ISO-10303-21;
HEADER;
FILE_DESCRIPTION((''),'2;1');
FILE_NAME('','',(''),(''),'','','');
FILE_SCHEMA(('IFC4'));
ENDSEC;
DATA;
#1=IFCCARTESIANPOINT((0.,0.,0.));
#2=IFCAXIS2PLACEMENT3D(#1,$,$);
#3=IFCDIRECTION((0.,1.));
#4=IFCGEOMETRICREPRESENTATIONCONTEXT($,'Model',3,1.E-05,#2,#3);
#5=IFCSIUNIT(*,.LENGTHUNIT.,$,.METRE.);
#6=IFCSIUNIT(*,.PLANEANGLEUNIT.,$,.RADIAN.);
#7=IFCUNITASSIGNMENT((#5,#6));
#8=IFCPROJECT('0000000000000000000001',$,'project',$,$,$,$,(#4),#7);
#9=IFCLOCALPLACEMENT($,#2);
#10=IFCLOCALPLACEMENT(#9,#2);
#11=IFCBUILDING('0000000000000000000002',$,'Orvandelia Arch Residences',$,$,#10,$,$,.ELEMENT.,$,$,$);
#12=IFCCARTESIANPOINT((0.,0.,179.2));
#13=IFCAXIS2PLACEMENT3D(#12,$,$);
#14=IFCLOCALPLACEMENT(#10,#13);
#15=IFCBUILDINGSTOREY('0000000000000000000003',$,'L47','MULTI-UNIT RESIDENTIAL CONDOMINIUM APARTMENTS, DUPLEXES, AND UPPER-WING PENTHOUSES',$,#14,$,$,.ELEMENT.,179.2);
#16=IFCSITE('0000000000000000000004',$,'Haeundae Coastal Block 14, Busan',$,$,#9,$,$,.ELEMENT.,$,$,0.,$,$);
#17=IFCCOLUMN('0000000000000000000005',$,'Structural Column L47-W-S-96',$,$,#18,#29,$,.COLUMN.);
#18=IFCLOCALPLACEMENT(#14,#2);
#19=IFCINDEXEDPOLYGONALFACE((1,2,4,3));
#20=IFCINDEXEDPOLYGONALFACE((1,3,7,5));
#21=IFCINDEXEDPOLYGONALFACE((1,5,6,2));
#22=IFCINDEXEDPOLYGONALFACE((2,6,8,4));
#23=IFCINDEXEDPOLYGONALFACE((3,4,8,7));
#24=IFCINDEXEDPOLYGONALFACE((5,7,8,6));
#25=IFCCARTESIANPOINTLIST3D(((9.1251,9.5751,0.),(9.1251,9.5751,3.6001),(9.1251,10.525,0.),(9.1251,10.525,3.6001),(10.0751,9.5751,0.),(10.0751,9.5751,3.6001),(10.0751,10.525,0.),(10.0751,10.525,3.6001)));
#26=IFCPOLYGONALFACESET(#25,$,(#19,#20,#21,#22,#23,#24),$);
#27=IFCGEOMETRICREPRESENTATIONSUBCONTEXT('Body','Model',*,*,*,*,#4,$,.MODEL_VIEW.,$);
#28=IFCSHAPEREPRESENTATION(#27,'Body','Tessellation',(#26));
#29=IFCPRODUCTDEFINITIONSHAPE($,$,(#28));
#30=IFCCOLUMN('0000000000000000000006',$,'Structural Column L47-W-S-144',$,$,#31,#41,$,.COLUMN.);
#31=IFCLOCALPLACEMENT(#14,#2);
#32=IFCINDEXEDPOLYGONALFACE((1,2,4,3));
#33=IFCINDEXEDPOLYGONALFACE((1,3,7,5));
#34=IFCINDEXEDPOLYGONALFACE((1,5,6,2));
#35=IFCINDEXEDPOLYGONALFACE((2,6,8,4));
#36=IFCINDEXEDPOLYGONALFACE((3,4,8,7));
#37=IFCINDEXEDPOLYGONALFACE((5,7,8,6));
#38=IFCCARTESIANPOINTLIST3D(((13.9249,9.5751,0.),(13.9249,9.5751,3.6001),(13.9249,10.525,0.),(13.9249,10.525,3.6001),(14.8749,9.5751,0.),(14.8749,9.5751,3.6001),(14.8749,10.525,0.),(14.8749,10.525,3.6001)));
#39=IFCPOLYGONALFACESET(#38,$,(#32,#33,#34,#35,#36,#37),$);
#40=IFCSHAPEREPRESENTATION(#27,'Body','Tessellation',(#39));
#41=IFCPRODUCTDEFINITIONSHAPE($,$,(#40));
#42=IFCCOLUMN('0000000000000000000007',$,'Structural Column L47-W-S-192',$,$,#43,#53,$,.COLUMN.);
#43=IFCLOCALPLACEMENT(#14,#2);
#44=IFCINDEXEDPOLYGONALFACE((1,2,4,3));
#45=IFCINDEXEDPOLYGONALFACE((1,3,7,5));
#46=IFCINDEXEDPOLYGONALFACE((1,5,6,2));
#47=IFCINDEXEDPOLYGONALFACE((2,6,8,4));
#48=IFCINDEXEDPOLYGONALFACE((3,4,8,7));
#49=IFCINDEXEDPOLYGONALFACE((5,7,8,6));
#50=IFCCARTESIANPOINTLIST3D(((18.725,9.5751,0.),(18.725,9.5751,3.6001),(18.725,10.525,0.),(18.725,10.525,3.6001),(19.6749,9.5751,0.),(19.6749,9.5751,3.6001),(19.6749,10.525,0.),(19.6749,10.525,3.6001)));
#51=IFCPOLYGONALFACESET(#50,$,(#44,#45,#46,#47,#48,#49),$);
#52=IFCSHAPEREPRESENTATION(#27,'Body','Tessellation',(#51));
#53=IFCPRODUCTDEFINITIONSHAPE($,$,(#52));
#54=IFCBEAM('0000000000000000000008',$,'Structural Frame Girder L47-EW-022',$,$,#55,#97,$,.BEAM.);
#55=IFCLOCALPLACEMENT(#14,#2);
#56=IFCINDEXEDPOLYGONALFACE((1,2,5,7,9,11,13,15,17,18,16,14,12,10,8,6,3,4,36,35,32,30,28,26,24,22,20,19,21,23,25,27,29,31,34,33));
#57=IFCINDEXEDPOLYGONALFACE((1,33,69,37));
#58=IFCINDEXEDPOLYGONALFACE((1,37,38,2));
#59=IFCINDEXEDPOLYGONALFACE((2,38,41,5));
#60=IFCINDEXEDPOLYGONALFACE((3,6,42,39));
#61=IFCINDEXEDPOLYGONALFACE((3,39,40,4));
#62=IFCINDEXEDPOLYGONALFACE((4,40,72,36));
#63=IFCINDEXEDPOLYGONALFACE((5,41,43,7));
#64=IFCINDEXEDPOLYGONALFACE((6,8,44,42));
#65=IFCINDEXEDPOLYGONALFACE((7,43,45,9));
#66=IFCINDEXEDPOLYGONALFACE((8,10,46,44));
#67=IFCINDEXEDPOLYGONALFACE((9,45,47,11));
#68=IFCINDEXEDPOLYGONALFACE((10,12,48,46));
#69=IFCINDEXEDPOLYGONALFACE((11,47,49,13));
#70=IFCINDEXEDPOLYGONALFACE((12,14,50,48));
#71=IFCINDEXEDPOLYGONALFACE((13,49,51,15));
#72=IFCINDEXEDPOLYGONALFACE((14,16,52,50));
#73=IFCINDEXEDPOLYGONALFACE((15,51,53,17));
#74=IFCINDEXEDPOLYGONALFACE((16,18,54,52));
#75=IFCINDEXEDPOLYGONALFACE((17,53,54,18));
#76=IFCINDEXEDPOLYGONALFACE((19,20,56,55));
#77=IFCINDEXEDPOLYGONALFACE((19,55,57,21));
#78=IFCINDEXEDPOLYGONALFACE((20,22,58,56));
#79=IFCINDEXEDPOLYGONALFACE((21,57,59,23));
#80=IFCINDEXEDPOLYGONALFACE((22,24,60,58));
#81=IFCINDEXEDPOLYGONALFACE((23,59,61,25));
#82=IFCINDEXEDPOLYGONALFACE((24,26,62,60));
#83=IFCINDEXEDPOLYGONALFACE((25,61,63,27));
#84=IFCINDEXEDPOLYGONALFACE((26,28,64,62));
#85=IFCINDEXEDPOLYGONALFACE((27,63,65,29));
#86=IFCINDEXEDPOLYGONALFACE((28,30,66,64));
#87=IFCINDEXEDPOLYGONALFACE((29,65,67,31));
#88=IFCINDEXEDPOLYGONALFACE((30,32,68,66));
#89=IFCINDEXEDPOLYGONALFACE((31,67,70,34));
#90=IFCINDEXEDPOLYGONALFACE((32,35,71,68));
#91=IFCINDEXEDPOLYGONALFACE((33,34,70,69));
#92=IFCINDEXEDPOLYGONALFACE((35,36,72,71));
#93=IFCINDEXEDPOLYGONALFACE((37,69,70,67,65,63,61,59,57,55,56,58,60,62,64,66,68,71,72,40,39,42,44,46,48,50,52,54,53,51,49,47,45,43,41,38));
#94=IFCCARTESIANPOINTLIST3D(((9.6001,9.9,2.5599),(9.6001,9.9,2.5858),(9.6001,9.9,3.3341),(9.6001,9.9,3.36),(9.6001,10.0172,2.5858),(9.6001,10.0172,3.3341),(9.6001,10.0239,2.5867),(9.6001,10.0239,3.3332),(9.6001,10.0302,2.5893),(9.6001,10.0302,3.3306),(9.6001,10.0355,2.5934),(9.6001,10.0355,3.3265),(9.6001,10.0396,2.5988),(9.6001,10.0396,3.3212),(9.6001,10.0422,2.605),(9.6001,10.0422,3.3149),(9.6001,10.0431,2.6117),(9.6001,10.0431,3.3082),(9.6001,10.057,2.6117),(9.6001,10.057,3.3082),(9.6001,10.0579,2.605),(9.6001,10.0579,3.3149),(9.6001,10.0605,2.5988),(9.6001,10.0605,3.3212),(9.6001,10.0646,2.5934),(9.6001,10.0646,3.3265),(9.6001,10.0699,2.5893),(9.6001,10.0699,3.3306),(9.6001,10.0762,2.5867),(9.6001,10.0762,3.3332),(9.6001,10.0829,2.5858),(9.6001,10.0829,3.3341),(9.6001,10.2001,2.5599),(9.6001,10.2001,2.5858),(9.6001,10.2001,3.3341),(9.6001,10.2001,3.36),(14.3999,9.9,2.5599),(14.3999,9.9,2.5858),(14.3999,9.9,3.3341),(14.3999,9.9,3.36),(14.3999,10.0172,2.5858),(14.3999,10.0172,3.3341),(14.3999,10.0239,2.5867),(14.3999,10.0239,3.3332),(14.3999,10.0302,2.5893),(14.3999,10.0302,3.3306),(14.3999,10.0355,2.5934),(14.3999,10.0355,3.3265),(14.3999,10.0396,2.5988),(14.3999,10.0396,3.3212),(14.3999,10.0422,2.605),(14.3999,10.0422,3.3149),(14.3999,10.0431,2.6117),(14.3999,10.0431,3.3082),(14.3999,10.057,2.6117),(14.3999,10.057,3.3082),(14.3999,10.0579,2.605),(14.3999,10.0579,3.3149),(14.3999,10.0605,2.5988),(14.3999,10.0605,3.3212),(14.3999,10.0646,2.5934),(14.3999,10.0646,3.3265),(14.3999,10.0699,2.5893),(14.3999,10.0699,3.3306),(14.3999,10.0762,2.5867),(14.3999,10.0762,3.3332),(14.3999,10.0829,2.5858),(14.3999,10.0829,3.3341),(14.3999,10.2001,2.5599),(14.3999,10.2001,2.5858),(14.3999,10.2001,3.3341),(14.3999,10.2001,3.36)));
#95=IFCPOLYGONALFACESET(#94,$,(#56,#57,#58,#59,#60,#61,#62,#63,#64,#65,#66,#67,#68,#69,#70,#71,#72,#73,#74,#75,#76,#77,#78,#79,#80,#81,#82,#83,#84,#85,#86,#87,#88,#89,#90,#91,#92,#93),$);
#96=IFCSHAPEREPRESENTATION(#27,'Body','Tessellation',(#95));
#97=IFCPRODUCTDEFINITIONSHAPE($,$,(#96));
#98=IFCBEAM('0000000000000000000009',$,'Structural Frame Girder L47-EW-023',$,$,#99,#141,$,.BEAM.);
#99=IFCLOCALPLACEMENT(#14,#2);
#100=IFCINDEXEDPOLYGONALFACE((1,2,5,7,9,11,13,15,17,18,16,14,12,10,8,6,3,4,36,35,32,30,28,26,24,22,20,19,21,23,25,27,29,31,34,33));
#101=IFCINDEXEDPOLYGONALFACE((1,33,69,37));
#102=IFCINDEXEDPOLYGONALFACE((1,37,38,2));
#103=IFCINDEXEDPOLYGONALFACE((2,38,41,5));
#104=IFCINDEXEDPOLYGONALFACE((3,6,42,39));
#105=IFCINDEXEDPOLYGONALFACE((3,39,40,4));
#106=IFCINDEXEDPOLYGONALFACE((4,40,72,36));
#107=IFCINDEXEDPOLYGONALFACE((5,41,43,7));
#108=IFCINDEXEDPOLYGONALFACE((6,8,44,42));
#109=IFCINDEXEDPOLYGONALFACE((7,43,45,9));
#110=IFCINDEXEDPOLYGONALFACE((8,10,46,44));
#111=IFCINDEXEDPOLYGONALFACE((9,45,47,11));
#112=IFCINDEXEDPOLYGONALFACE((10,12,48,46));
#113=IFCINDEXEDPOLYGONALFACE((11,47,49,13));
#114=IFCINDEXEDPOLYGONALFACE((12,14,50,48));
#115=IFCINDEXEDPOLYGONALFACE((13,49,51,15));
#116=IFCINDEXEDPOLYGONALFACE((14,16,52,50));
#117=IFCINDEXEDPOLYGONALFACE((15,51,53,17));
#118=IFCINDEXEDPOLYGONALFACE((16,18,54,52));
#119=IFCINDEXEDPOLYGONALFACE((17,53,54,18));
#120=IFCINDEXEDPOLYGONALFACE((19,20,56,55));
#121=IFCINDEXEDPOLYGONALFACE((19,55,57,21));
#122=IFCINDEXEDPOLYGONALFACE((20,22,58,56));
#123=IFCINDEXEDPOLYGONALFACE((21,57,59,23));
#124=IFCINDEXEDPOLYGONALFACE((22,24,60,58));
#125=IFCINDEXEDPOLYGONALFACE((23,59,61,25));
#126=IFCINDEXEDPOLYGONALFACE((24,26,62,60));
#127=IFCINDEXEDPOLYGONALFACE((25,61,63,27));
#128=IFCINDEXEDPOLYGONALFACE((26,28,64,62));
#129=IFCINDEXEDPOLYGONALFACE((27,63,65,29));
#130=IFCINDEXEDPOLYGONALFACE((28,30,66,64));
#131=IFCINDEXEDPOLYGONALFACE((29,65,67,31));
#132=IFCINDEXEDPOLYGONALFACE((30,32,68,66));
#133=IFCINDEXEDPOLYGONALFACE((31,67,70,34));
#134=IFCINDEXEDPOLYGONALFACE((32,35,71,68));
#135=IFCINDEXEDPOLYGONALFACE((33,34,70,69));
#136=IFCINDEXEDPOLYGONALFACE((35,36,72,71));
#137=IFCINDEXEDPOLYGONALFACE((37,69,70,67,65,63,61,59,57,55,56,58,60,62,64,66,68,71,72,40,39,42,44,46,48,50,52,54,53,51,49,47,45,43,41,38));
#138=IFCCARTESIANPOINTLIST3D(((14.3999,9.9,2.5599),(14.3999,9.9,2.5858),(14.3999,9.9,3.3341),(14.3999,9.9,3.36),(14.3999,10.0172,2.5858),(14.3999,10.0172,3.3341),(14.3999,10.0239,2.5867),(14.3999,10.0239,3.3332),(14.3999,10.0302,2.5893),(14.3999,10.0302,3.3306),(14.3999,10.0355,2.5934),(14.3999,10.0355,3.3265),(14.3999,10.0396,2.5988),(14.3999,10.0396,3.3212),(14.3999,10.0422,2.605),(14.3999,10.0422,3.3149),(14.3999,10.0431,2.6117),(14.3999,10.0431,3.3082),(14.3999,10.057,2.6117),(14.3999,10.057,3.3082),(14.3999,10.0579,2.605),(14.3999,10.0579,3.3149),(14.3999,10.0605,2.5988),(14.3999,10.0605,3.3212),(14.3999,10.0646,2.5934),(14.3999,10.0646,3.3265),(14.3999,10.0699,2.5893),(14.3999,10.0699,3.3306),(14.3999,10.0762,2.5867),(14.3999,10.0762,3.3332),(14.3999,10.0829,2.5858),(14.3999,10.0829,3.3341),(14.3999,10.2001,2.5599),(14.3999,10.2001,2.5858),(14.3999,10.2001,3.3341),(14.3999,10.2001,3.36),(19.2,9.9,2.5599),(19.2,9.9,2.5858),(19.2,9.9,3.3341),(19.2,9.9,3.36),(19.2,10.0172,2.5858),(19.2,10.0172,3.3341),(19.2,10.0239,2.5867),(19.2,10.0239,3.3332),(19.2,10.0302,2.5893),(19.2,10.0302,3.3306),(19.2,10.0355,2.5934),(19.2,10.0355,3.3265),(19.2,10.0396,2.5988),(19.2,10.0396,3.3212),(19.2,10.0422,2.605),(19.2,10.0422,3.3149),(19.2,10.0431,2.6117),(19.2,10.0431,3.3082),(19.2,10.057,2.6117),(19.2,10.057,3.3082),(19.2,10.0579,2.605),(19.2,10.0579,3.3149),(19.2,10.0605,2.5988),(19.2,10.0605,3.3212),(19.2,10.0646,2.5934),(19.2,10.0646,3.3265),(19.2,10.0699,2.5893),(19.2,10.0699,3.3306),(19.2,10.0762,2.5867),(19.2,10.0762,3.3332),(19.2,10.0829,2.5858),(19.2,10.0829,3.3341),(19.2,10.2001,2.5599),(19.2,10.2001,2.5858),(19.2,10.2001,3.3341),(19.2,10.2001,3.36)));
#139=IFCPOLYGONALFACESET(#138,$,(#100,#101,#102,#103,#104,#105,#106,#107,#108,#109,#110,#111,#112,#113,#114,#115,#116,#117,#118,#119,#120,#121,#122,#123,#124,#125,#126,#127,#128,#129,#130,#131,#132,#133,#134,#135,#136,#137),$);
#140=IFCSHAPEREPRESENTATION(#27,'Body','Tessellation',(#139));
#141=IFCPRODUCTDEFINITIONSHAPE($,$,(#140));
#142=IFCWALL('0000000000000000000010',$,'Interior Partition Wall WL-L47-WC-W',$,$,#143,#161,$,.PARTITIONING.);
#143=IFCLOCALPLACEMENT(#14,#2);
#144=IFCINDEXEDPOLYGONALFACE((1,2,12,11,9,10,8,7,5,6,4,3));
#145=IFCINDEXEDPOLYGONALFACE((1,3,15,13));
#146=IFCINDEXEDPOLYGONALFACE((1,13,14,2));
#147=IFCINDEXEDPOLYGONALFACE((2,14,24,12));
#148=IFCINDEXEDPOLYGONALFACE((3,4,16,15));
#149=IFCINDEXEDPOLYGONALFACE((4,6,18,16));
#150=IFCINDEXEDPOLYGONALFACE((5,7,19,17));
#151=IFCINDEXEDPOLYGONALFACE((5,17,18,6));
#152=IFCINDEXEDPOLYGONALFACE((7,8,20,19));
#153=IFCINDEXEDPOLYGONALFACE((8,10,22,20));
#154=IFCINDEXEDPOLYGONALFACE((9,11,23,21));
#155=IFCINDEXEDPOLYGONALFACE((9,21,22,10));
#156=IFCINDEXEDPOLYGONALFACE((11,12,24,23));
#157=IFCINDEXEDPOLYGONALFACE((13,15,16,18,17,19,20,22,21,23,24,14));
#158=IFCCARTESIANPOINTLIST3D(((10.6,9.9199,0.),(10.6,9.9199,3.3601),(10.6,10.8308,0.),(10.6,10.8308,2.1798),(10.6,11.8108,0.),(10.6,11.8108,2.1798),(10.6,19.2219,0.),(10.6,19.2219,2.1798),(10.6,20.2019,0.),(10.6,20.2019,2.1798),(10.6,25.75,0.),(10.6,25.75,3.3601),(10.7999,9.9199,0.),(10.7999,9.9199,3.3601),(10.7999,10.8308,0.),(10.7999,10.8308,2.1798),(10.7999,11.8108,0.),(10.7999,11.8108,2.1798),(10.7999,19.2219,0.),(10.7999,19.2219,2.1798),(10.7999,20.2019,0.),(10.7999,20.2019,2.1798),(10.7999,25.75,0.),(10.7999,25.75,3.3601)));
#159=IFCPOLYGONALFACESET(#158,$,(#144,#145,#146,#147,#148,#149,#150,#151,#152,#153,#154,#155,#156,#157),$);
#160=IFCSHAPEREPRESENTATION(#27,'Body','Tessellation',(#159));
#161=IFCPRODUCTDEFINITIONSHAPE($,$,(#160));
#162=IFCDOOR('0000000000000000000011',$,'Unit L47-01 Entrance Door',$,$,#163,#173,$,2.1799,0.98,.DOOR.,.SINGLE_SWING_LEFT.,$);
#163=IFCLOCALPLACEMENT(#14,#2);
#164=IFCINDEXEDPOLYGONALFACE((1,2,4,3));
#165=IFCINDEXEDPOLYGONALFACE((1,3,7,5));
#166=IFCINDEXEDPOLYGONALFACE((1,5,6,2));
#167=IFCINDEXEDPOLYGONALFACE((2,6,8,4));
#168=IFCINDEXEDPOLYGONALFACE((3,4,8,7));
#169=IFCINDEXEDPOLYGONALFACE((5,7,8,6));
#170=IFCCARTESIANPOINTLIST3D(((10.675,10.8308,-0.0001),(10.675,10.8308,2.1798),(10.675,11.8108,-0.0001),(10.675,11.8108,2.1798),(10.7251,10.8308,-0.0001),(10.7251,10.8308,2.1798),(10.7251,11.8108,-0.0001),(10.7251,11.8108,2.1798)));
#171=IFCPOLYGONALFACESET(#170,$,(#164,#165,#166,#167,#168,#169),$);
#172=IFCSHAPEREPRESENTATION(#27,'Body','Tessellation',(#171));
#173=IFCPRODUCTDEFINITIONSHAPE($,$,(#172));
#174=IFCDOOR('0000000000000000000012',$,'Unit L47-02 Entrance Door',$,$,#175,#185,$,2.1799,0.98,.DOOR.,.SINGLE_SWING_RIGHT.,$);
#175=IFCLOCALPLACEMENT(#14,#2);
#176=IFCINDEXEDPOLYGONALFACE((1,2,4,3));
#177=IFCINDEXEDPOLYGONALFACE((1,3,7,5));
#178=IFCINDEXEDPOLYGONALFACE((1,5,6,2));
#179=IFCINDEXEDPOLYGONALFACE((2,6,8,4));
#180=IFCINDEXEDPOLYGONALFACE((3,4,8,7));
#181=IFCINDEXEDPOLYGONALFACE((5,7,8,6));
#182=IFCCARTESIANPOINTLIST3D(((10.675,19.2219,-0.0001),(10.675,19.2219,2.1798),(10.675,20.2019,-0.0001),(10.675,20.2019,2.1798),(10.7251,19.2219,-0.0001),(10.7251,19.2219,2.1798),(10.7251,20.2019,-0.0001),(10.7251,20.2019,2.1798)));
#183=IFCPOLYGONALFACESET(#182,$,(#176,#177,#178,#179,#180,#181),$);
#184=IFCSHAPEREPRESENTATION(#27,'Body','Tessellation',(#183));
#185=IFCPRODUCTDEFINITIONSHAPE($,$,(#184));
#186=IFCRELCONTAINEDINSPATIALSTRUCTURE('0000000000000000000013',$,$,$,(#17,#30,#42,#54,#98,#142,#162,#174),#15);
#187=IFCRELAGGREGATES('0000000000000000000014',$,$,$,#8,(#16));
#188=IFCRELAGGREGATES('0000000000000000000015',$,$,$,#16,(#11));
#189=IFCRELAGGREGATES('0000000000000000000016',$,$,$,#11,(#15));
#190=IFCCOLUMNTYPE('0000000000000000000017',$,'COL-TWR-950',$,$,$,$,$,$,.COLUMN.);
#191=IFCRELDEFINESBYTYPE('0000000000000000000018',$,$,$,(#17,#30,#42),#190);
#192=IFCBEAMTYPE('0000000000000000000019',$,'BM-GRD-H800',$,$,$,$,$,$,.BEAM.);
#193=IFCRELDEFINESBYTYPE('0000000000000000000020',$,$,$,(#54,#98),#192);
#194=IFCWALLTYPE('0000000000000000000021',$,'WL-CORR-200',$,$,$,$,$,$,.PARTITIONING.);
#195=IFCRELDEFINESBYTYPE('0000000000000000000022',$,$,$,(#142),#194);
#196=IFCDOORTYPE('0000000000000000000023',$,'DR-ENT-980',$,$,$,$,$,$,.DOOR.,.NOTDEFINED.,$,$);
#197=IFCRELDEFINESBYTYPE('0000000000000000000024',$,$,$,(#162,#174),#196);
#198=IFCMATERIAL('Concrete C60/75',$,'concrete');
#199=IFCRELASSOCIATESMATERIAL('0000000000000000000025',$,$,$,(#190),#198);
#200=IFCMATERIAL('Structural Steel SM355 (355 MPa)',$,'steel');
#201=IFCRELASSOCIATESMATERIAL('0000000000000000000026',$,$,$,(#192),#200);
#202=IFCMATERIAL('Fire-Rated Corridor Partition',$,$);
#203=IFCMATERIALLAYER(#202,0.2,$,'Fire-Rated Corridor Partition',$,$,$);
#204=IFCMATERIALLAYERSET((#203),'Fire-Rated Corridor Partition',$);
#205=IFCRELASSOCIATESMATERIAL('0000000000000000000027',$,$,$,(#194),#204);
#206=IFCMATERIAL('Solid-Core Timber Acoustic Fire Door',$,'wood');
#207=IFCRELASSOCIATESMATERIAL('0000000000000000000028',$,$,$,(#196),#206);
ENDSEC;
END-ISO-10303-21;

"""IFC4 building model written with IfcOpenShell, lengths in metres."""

from ifc_helpers import new_model, si_unit, direction, frame, frame_2d, origin, origin_2d, place, context, subcontext, project, spatial, rectangle, i_section, extrude, material, layer, layer_set, material_profile, profile_set, type_object, element, fill, save


model = new_model("IFC4")

# Units and contexts
model_context = context("Model", 3, precision=1e-05, world=origin(), true_north=direction((0.0, 1.0)))
body_context = subcontext(model_context, "Body", "Model", "MODEL_VIEW")
ifc_project = project(units=[si_unit("LENGTHUNIT", "METRE"), si_unit("PLANEANGLEUNIT", "RADIAN")], contexts=[model_context])

# Site, building, storey
site_placement = place(None, origin())
site = spatial("IfcSite", under=ifc_project, at=site_placement, Name="Haeundae Coastal Block 14, Busan", CompositionType="ELEMENT", RefElevation=0.0)
building_placement = place(site_placement, origin())
building = spatial("IfcBuilding", under=site, at=building_placement, Name="Orvandelia Arch Residences", CompositionType="ELEMENT")
storey_placement = place(building_placement, frame((0.0, 0.0, 179.2)))
storey = spatial("IfcBuildingStorey", under=building, at=storey_placement, Name="L47", Description="MULTI-UNIT RESIDENTIAL CONDOMINIUM APARTMENTS, DUPLEXES, AND UPPER-WING PENTHOUSES", CompositionType="ELEMENT", Elevation=179.2)

# Columns
ifc_material_1 = material(Name="Concrete C60/75", Category="concrete")
ifc_material_profile_1 = material_profile(ifc_material_1, rectangle(XDim=0.95, YDim=0.95, at=origin_2d()), Name="Concrete C60/75", Category="concrete")
ifc_profile_set_1 = profile_set([ifc_material_profile_1], Name="Concrete C60/75")
column_type = type_object("IfcColumnType", Name="COL-TWR-950", PredefinedType="COLUMN", material=ifc_profile_set_1)
for number, where, z_axis, x_axis, name in (
    (1, (9.6001, 10.05, 0.0), (0.0, 0.0, 1.0), (1.0, 0.0, 0.0), "Structural Column L47-W-S-96"),
    (2, (14.3999, 10.05, 0.0), (0.0, 0.0, 1.0), (1.0, 0.0, 0.0), "Structural Column L47-W-S-144"),
    (3, (19.2, 10.05, 0.0), (0.0, 0.0, 1.0), (1.0, 0.0, 0.0), "Structural Column L47-W-S-192"),
):
    element("IfcColumn", number, at=place(storey_placement, frame(where, z_axis=z_axis, x_axis=x_axis)), inside=storey, type_object=column_type, Name=name, PredefinedType="COLUMN", context=body_context, shape_type="SweptSolid", body=[
        extrude(rectangle(XDim=0.95, YDim=0.95, at=origin_2d()), origin(), (0.0, 0.0, 1.0), 3.6001),
    ])

# Beams
ifc_material_2 = material(Name="Structural Steel SM355 (355 MPa)", Category="steel")
ifc_material_profile_2 = material_profile(ifc_material_2, i_section(OverallWidth=0.3, OverallDepth=0.8, WebThickness=0.0139, FlangeThickness=0.0259, FilletRadius=0.0259, at=origin_2d()), Name="Structural Steel SM355 (355 MPa)", Category="steel")
ifc_profile_set_2 = profile_set([ifc_material_profile_2], Name="Structural Steel SM355 (355 MPa)")
beam_type = type_object("IfcBeamType", Name="BM-GRD-H800", PredefinedType="BEAM", material=ifc_profile_set_2)
beam_1_placement = place(storey_placement, frame((9.6001, 10.05, 2.96), z_axis=(1.0, 0.0, 0.0), x_axis=(0.0, 1.0, 0.0)))
element("IfcBeam", 4, at=beam_1_placement, inside=storey, type_object=beam_type, Name="Structural Frame Girder L47-EW-022", PredefinedType="BEAM", context=body_context, shape_type="SweptSolid", body=[
    extrude(i_section(OverallWidth=0.3, OverallDepth=0.8, WebThickness=0.0139, FlangeThickness=0.0259, FilletRadius=0.0259, at=origin_2d()), origin(), (0.0, 0.0, 1.0), 4.7998),
])
beam_2_placement = place(storey_placement, frame((14.3999, 10.05, 2.96), z_axis=(1.0, 0.0, 0.0), x_axis=(0.0, 1.0, 0.0)))
element("IfcBeam", 5, at=beam_2_placement, inside=storey, type_object=beam_type, Name="Structural Frame Girder L47-EW-023", PredefinedType="BEAM", context=body_context, shape_type="SweptSolid", body=[
    extrude(i_section(OverallWidth=0.3, OverallDepth=0.8, WebThickness=0.0139, FlangeThickness=0.0259, FilletRadius=0.0259, at=origin_2d()), origin(), (0.0, 0.0, 1.0), 4.8),
])

# Wall, openings, doors
ifc_material_3 = material(Name="Fire-Rated Corridor Partition")
ifc_layer_1 = layer(ifc_material_3, 0.2, Name="Fire-Rated Corridor Partition")
ifc_layer_set_1 = layer_set([ifc_layer_1], Name="Fire-Rated Corridor Partition")
wall_type_1 = type_object("IfcWallType", Name="WL-CORR-200", PredefinedType="PARTITIONING", material=ifc_layer_set_1)
wall_1_placement = place(storey_placement, frame((10.7, 9.9199, 0.0), z_axis=(0.0, 0.0, 1.0), x_axis=(0.0, 1.0, 0.0)))
wall_1 = element("IfcWall", 6, at=wall_1_placement, inside=storey, type_object=wall_type_1, Name="Interior Partition Wall WL-L47-WC-W", PredefinedType="PARTITIONING", context=body_context, shape_type="SweptSolid", body=[
    extrude(rectangle(XDim=15.8301, YDim=0.2, at=frame_2d((7.915, 0.0))), origin(), (0.0, 0.0, 1.0), 3.3601),
])
opening_1_placement = place(wall_1_placement, frame((0.9109, 0.0, 0.0)))
opening_1 = element("IfcOpeningElement", 7, at=opening_1_placement, cuts=wall_1, PredefinedType="OPENING", context=body_context, shape_type="SweptSolid", body=[
    extrude(rectangle(XDim=0.98, YDim=2.1799, at=frame_2d((0.49, 1.0898))), frame((0.0, 0.1099, 0.0), z_axis=(0.0, -1.0, 0.0), x_axis=(1.0, 0.0, 0.0)), (0.0, 0.0, 1.0), 0.22),
])
opening_2_placement = place(wall_1_placement, frame((9.302, 0.0, 0.0)))
opening_2 = element("IfcOpeningElement", 8, at=opening_2_placement, cuts=wall_1, PredefinedType="OPENING", context=body_context, shape_type="SweptSolid", body=[
    extrude(rectangle(XDim=0.98, YDim=2.1799, at=frame_2d((0.49, 1.0898))), frame((0.0, 0.1099, 0.0), z_axis=(0.0, -1.0, 0.0), x_axis=(1.0, 0.0, 0.0)), (0.0, 0.0, 1.0), 0.22),
])
ifc_material_4 = material(Name="Solid-Core Timber Acoustic Fire Door", Category="wood")
door_type_1 = type_object("IfcDoorType", Name="DR-ENT-980", OperationType="NOTDEFINED", PredefinedType="DOOR", material=ifc_material_4)
door_1_placement = place(opening_1_placement, origin())
door_1 = element("IfcDoor", 9, at=door_1_placement, inside=storey, type_object=door_type_1, Name="Unit L47-01 Entrance Door", OperationType="SINGLE_SWING_LEFT", OverallHeight=2.1799, OverallWidth=0.98, PredefinedType="DOOR", context=body_context, shape_type="SweptSolid", body=[
    extrude(rectangle(XDim=0.98, YDim=2.1799, at=frame_2d((0.49, 1.0898))), frame((0.0, 0.0249, 0.0), z_axis=(0.0, -1.0, 0.0), x_axis=(1.0, 0.0, 0.0)), (0.0, 0.0, 1.0), 0.05),
])
fill(opening_1, door_1)
door_2_placement = place(opening_2_placement, origin())
door_2 = element("IfcDoor", 10, at=door_2_placement, inside=storey, type_object=door_type_1, Name="Unit L47-02 Entrance Door", OperationType="SINGLE_SWING_RIGHT", OverallHeight=2.1799, OverallWidth=0.98, PredefinedType="DOOR", context=body_context, shape_type="SweptSolid", body=[
    extrude(rectangle(XDim=0.98, YDim=2.1799, at=frame_2d((0.49, 1.0898))), frame((0.0, 0.0249, 0.0), z_axis=(0.0, -1.0, 0.0), x_axis=(1.0, 0.0, 0.0)), (0.0, 0.0, 1.0), 0.05),
])
fill(opening_2, door_2)

save(model, "model.ifc")
